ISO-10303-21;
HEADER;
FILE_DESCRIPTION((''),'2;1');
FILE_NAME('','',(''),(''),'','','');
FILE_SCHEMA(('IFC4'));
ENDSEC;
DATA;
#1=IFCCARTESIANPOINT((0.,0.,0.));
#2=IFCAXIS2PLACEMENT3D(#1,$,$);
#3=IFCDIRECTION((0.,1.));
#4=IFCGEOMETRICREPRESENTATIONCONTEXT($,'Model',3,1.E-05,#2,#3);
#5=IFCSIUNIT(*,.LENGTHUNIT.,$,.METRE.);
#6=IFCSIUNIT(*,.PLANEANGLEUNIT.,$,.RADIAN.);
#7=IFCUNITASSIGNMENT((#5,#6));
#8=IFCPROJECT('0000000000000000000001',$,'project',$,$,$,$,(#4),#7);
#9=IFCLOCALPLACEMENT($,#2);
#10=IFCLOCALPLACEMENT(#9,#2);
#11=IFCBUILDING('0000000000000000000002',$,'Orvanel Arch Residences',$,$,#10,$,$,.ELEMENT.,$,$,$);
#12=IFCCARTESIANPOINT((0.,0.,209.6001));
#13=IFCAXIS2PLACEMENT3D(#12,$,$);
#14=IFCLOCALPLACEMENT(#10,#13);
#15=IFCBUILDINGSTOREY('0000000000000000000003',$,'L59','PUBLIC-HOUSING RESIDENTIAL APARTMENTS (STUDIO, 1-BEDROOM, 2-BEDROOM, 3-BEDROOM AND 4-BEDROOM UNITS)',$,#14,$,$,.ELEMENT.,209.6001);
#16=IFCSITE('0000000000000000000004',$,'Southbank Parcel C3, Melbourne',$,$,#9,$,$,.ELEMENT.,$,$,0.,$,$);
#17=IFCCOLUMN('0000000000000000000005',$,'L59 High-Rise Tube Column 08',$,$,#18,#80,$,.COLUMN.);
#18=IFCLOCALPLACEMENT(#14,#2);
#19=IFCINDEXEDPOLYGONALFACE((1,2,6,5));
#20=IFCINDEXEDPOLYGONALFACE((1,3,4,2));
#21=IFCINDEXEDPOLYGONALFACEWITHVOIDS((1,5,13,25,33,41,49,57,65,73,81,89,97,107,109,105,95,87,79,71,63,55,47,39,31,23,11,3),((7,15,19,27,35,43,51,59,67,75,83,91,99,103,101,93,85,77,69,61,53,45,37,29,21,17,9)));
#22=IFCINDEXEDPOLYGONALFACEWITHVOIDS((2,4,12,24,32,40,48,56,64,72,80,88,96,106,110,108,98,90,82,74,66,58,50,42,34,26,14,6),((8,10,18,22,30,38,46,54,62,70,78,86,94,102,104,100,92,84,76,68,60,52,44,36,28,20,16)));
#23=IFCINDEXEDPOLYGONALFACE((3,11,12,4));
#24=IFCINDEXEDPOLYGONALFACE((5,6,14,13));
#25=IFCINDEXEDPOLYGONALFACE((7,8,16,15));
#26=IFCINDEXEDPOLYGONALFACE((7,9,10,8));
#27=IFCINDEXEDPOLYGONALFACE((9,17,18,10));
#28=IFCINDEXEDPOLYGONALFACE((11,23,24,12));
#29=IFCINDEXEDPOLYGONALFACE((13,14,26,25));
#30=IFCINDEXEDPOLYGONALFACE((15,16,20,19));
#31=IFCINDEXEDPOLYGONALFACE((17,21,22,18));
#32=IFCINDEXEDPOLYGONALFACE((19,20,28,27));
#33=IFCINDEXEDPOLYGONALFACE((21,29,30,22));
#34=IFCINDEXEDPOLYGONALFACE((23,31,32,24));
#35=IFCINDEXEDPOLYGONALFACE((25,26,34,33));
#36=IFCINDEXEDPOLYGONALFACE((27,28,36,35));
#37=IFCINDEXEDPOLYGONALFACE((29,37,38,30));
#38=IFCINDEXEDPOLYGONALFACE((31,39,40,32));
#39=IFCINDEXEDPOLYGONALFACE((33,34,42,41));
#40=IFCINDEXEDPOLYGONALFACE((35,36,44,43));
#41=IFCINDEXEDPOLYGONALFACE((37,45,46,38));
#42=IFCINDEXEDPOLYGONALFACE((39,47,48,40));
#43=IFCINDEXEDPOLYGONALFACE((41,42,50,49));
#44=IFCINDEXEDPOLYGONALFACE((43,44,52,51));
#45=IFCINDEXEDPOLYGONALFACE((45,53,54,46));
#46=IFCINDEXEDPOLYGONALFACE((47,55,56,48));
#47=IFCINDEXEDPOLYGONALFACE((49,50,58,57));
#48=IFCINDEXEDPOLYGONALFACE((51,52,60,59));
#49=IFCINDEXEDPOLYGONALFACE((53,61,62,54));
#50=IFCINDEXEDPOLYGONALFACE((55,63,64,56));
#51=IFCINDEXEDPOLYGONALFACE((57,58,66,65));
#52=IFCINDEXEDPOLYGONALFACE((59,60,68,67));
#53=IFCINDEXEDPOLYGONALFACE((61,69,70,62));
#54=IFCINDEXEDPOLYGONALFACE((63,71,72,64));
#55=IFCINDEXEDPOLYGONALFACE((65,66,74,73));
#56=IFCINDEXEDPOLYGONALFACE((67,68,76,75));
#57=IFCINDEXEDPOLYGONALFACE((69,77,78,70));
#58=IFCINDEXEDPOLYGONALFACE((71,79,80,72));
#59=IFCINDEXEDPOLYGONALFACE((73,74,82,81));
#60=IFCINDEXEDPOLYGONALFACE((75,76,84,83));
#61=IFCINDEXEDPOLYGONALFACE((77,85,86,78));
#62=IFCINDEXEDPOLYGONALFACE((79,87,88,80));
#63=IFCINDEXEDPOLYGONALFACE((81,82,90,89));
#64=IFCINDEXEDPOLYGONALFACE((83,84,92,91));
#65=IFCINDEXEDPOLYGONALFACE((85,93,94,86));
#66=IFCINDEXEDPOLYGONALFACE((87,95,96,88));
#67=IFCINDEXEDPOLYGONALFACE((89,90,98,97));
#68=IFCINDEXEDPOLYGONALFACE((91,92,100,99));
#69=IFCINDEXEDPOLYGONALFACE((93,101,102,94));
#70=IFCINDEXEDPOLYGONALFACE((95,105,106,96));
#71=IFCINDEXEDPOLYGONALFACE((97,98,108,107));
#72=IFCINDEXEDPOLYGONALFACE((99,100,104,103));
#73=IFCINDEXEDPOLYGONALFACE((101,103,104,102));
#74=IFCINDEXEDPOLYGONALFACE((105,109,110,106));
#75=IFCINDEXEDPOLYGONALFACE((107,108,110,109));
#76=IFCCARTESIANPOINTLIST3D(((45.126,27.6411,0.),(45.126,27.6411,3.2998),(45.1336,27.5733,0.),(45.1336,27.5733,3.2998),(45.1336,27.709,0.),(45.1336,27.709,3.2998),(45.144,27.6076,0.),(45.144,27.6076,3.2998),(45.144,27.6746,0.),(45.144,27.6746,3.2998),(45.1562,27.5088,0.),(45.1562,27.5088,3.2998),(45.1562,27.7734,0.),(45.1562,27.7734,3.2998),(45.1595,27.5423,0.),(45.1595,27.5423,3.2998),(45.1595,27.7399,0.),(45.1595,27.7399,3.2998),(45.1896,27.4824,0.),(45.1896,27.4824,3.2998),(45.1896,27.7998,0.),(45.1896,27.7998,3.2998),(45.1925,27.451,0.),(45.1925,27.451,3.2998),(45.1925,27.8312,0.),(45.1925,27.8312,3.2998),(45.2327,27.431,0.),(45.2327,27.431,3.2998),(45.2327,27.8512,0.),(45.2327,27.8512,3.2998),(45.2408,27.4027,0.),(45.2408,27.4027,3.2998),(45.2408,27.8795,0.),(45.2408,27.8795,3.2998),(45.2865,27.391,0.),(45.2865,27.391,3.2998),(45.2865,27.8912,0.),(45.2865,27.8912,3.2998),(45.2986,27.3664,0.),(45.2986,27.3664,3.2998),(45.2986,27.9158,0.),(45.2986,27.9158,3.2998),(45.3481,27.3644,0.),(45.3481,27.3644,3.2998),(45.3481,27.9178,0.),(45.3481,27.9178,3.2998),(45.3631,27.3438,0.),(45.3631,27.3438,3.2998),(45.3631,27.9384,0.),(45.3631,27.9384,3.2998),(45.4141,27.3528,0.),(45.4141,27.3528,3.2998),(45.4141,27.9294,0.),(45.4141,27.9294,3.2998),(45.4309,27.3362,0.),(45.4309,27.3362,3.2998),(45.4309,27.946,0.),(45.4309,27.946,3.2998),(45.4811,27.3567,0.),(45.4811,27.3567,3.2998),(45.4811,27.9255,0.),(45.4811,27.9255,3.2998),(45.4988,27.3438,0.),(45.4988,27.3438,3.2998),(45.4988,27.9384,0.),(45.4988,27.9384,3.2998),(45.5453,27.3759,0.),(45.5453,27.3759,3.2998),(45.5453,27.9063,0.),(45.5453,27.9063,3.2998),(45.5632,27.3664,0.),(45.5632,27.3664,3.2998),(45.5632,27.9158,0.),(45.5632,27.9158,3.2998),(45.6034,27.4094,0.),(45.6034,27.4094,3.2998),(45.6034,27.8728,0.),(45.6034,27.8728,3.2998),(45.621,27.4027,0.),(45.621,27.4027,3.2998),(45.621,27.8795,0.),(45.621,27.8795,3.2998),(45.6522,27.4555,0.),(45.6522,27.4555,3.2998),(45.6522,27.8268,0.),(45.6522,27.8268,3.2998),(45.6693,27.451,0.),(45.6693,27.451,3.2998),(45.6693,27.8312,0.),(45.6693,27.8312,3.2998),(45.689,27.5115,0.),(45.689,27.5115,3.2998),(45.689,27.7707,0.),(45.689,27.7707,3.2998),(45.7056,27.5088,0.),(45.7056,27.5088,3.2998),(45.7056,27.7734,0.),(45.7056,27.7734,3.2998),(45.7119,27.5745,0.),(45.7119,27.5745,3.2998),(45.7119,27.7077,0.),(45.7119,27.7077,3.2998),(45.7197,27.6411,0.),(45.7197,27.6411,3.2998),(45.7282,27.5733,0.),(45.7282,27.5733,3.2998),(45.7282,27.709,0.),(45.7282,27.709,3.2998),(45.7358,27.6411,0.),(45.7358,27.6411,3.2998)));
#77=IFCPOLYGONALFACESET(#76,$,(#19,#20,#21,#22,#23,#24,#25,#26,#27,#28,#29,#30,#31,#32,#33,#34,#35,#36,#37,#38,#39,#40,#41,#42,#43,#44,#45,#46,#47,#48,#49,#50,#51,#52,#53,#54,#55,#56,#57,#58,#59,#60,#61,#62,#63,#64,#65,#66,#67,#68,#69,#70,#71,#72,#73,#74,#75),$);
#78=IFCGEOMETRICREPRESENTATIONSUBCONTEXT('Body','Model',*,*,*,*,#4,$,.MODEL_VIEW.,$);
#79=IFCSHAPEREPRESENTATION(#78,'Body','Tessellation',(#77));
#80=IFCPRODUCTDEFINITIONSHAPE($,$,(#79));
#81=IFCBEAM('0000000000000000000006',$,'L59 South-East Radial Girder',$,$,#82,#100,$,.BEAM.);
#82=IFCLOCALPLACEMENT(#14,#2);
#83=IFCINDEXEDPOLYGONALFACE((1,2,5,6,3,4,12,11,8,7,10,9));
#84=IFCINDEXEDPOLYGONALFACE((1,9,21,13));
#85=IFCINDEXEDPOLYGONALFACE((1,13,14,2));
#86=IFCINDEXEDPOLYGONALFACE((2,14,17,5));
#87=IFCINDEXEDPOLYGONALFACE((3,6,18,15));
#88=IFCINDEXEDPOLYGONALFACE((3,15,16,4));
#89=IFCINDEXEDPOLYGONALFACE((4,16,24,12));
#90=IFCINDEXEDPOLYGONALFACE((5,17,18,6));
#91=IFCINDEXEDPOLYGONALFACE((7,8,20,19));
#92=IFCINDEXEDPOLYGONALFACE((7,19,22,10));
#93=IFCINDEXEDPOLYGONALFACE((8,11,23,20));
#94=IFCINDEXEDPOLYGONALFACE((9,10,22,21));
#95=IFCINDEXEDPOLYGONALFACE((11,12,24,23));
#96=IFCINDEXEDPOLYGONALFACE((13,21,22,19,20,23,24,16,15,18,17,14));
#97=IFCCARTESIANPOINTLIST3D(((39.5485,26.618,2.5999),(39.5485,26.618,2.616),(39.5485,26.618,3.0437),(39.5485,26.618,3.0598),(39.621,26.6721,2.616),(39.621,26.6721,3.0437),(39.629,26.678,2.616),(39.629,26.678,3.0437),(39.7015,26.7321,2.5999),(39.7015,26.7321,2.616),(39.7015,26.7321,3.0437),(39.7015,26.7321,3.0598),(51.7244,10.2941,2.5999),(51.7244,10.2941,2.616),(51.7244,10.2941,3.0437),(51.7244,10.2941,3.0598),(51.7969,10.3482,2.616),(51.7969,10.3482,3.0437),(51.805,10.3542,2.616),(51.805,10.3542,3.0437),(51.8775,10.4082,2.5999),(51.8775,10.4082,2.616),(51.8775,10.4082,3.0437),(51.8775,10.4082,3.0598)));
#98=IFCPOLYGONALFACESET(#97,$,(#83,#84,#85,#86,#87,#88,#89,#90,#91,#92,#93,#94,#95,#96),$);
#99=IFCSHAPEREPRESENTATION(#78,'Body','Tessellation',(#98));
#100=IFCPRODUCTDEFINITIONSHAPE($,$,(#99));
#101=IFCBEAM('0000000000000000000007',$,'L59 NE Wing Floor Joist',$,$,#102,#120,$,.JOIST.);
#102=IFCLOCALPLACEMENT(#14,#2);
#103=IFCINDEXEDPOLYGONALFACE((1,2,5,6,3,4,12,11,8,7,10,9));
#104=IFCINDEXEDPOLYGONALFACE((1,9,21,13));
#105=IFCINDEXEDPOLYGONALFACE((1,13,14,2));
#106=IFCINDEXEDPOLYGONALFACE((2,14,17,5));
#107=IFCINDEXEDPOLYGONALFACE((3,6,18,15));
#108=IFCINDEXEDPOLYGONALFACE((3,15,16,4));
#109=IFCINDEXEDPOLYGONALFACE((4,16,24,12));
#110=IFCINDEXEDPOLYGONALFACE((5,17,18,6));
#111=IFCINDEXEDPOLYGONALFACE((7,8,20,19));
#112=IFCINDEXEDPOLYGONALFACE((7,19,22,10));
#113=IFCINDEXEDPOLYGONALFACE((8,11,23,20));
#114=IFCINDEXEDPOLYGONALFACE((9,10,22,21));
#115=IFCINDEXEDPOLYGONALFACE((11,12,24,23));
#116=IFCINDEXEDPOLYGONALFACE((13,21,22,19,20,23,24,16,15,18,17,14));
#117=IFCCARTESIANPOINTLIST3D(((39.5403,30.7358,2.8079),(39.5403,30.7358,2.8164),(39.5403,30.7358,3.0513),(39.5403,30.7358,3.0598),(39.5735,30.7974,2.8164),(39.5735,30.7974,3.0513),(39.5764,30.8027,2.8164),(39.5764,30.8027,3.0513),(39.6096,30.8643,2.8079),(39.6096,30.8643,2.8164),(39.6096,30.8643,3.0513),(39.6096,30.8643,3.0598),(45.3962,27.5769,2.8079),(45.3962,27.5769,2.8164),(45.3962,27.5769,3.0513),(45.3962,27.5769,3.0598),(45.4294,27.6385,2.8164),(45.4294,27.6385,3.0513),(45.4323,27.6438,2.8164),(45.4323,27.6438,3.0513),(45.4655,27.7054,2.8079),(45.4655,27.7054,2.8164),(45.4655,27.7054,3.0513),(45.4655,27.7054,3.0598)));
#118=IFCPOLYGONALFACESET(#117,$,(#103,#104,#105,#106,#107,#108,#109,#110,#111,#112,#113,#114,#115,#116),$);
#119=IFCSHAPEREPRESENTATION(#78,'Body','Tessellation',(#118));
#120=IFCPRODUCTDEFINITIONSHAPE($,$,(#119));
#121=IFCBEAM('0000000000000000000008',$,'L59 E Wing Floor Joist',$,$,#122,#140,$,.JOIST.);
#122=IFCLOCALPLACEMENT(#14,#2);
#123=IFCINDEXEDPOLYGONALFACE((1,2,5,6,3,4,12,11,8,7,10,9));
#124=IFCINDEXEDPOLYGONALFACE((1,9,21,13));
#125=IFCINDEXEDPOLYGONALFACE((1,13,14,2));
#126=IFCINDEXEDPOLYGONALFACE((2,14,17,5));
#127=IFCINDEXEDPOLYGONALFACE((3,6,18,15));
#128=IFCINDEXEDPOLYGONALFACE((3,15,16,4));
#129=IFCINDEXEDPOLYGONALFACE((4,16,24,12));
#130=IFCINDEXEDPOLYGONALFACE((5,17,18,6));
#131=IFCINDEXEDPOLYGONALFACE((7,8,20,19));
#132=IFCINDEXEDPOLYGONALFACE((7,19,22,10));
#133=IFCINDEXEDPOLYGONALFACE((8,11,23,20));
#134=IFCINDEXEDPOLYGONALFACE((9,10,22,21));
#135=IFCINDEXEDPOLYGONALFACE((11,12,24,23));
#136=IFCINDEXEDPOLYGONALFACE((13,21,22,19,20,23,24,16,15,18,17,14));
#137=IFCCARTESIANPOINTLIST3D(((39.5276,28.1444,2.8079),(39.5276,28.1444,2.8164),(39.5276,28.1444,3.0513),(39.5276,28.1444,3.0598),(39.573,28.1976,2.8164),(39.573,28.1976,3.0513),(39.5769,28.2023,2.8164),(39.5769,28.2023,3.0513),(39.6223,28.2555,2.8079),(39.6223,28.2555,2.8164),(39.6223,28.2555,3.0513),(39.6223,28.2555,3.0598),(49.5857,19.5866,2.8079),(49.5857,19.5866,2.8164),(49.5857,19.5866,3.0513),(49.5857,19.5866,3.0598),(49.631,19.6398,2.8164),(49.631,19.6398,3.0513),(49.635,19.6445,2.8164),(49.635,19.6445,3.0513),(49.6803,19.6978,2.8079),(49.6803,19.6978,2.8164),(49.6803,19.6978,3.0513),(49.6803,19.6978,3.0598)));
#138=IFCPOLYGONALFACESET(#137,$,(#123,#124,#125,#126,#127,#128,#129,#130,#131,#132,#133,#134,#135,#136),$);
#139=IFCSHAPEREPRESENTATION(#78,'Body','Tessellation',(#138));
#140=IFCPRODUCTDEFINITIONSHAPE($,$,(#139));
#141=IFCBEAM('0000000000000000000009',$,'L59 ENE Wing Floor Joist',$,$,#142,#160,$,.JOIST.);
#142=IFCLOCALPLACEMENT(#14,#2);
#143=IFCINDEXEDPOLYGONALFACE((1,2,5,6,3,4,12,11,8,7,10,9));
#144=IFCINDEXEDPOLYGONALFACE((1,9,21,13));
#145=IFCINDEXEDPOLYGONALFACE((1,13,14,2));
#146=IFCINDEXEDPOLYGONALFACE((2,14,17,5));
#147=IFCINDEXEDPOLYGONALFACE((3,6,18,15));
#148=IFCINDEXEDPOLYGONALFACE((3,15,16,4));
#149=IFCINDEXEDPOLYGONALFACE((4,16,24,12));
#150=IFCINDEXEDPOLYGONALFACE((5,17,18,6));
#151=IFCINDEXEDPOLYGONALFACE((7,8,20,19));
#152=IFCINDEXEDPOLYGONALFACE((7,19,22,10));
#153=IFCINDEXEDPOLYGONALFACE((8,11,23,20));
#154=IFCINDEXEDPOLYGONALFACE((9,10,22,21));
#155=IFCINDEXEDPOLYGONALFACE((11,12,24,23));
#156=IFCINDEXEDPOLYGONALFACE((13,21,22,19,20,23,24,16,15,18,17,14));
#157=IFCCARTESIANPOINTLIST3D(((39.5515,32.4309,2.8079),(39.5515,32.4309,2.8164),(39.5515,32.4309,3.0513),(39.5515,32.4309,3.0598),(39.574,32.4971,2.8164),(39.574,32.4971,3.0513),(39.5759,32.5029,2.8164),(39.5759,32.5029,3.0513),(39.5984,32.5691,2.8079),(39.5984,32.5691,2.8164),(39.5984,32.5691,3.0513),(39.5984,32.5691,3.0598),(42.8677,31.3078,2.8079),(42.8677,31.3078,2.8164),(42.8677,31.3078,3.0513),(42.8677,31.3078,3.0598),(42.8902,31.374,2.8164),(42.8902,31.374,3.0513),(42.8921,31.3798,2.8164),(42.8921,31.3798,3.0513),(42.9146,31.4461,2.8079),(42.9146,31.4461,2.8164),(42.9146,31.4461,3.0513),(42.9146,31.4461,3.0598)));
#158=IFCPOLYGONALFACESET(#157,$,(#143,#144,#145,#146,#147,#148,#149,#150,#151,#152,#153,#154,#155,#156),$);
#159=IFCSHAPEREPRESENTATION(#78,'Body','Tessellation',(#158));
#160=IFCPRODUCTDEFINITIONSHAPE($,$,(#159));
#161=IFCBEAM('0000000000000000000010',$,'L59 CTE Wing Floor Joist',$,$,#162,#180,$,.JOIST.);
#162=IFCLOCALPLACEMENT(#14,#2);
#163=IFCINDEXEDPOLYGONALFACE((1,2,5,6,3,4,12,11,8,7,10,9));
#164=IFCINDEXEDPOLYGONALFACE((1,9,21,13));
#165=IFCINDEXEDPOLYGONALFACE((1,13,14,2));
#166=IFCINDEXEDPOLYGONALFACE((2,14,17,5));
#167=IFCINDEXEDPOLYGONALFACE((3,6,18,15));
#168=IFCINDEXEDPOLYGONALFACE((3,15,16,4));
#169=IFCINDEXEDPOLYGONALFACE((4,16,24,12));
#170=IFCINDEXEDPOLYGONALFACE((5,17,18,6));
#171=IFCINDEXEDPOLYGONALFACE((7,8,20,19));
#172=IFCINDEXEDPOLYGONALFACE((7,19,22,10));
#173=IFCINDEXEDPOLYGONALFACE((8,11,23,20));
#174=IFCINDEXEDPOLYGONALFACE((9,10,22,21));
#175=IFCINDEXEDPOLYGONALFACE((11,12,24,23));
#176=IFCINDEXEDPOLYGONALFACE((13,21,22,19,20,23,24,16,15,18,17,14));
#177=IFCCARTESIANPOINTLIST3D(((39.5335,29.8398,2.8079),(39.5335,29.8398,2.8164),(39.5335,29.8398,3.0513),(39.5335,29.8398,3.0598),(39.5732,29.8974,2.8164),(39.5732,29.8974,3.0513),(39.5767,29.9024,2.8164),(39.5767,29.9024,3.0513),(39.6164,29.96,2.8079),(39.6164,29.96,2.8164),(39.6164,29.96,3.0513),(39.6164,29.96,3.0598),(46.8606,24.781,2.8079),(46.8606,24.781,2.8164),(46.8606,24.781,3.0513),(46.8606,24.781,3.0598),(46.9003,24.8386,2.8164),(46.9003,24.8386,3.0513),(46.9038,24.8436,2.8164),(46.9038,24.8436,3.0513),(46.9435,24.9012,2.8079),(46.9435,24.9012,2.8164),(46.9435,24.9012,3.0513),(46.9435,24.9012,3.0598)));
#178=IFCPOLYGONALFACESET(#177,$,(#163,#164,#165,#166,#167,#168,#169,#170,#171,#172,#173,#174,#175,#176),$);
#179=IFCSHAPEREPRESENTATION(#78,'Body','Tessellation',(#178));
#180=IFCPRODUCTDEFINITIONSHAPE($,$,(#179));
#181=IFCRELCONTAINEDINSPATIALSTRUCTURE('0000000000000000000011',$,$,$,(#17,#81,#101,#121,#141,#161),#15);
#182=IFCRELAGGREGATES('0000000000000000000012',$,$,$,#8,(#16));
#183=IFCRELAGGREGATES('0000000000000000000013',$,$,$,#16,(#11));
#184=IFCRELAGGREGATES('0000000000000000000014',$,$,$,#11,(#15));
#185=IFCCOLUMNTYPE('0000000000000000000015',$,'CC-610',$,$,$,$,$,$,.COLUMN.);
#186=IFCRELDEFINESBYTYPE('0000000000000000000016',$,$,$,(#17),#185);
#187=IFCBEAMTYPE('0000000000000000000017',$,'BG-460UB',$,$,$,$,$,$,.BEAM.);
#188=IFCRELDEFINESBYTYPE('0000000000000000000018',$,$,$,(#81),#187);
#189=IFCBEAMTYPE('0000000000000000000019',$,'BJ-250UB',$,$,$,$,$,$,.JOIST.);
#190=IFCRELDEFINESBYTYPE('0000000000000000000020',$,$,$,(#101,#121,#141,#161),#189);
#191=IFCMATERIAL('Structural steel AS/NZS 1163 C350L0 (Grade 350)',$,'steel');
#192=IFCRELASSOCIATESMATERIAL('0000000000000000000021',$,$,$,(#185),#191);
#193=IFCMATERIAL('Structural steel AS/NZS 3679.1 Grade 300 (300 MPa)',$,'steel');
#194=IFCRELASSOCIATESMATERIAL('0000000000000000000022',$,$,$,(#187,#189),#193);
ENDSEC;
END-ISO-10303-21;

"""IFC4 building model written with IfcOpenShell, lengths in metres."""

from ifc_helpers import new_model, si_unit, direction, frame, origin, origin_2d, place, context, subcontext, project, spatial, hollow_circle, i_section, extrude, material, material_profile, profile_set, type_object, element, save


model = new_model("IFC4")

# Units and contexts
model_context = context("Model", 3, precision=1e-05, world=origin(), true_north=direction((0.0, 1.0)))
body_context = subcontext(model_context, "Body", "Model", "MODEL_VIEW")
ifc_project = project(units=[si_unit("LENGTHUNIT", "METRE"), si_unit("PLANEANGLEUNIT", "RADIAN")], contexts=[model_context])

# Site, building, storey
site_placement = place(None, origin())
site = spatial("IfcSite", under=ifc_project, at=site_placement, Name="Southbank Parcel C3, Melbourne", CompositionType="ELEMENT", RefElevation=0.0)
building_placement = place(site_placement, origin())
building = spatial("IfcBuilding", under=site, at=building_placement, Name="Orvanel Arch Residences", CompositionType="ELEMENT")
storey_placement = place(building_placement, frame((0.0, 0.0, 209.6001)))
storey = spatial("IfcBuildingStorey", under=building, at=storey_placement, Name="L59", Description="PUBLIC-HOUSING RESIDENTIAL APARTMENTS (STUDIO, 1-BEDROOM, 2-BEDROOM, 3-BEDROOM AND 4-BEDROOM UNITS)", CompositionType="ELEMENT", Elevation=209.6001)

# Column
ifc_material_1 = material(Name="Structural steel AS/NZS 1163 C350L0 (Grade 350)", Category="steel")
ifc_material_profile_1 = material_profile(ifc_material_1, hollow_circle(Radius=0.3049, WallThickness=0.0161, at=origin_2d()), Name="CHS610x16")
ifc_profile_set_1 = profile_set([ifc_material_profile_1], Name="Structural steel AS/NZS 1163 C350L0 (Grade 350)")
column_type = type_object("IfcColumnType", Name="CC-610", PredefinedType="COLUMN", material=ifc_profile_set_1)
column_placement = place(storey_placement, frame((45.4309, 27.6411, 0.0), z_axis=(0.0, 0.0, 1.0), x_axis=(1.0, 0.0, 0.0)))
element("IfcColumn", 1, at=column_placement, inside=storey, type_object=column_type, Name="L59 High-Rise Tube Column 08", PredefinedType="COLUMN", context=body_context, shape_type="SweptSolid", body=[
    extrude(hollow_circle(Radius=0.3049, WallThickness=0.0161, at=origin_2d()), origin(), (0.0, 0.0, 1.0), 3.2998),
])

# Beams
ifc_material_2 = material(Name="Structural steel AS/NZS 3679.1 Grade 300 (300 MPa)", Category="steel")
ifc_material_profile_2 = material_profile(ifc_material_2, i_section(OverallWidth=0.1909, OverallDepth=0.46, WebThickness=0.01, FlangeThickness=0.0161, at=origin_2d()), Name="460UB82.1")
ifc_profile_set_2 = profile_set([ifc_material_profile_2], Name="Structural steel AS/NZS 3679.1 Grade 300 (300 MPa)")
beam_type_1 = type_object("IfcBeamType", Name="BG-460UB", PredefinedType="BEAM", material=ifc_profile_set_2)
beam_1_placement = place(storey_placement, frame((39.625, 26.675, 2.8298), z_axis=(0.597894, -0.801575, 0.0), x_axis=(0.801575, 0.597894, 0.0)))
element("IfcBeam", 2, at=beam_1_placement, inside=storey, type_object=beam_type_1, Name="L59 South-East Radial Girder", PredefinedType="BEAM", context=body_context, shape_type="SweptSolid", body=[
    extrude(i_section(OverallWidth=0.1909, OverallDepth=0.46, WebThickness=0.01, FlangeThickness=0.0161, at=origin_2d()), origin(), (0.0, 0.0, 1.0), 20.3647),
])
ifc_material_profile_3 = material_profile(ifc_material_2, i_section(OverallWidth=0.146, OverallDepth=0.252, WebThickness=0.0061, FlangeThickness=0.0085, at=origin_2d()), Name="250UB31.4")
ifc_profile_set_3 = profile_set([ifc_material_profile_3], Name="Structural steel AS/NZS 3679.1 Grade 300 (300 MPa)")
beam_type_2 = type_object("IfcBeamType", Name="BJ-250UB", PredefinedType="JOIST", material=ifc_profile_set_3)
beam_2_placement = place(storey_placement, frame((39.575, 30.8, 2.9338), z_axis=(0.880111, -0.474767, 0.0), x_axis=(0.474767, 0.880111, 0.0)))
element("IfcBeam", 3, at=beam_2_placement, inside=storey, type_object=beam_type_2, Name="L59 NE Wing Floor Joist", PredefinedType="JOIST", context=body_context, shape_type="SweptSolid", body=[
    extrude(i_section(OverallWidth=0.146, OverallDepth=0.252, WebThickness=0.0061, FlangeThickness=0.0085, at=origin_2d()), origin(), (0.0, 0.0, 1.0), 6.6536),
])
beam_3_placement = place(storey_placement, frame((39.575, 28.2, 2.9338), z_axis=(0.761623, -0.648021, 0.0), x_axis=(0.648021, 0.761623, 0.0)))
element("IfcBeam", 4, at=beam_3_placement, inside=storey, type_object=beam_type_2, Name="L59 E Wing Floor Joist", PredefinedType="JOIST", context=body_context, shape_type="SweptSolid", body=[
    extrude(i_section(OverallWidth=0.146, OverallDepth=0.252, WebThickness=0.0061, FlangeThickness=0.0085, at=origin_2d()), origin(), (0.0, 0.0, 1.0), 13.2061),
])
beam_4_placement = place(storey_placement, frame((39.575, 32.5, 2.9338), z_axis=(0.947159, -0.320764, 0.0), x_axis=(0.320764, 0.947159, 0.0)))
element("IfcBeam", 5, at=beam_4_placement, inside=storey, type_object=beam_type_2, Name="L59 ENE Wing Floor Joist", PredefinedType="JOIST", context=body_context, shape_type="SweptSolid", body=[
    extrude(i_section(OverallWidth=0.146, OverallDepth=0.252, WebThickness=0.0061, FlangeThickness=0.0085, at=origin_2d()), origin(), (0.0, 0.0, 1.0), 3.5012),
])
beam_5_placement = place(storey_placement, frame((39.575, 29.8999, 2.9338), z_axis=(0.822917, -0.568162, 0.0), x_axis=(0.568162, 0.822917, 0.0)))
element("IfcBeam", 6, at=beam_5_placement, inside=storey, type_object=beam_type_2, Name="L59 CTE Wing Floor Joist", PredefinedType="JOIST", context=body_context, shape_type="SweptSolid", body=[
    extrude(i_section(OverallWidth=0.146, OverallDepth=0.252, WebThickness=0.0061, FlangeThickness=0.0085, at=origin_2d()), origin(), (0.0, 0.0, 1.0), 8.9038),
])

save(model, "model.ifc")
